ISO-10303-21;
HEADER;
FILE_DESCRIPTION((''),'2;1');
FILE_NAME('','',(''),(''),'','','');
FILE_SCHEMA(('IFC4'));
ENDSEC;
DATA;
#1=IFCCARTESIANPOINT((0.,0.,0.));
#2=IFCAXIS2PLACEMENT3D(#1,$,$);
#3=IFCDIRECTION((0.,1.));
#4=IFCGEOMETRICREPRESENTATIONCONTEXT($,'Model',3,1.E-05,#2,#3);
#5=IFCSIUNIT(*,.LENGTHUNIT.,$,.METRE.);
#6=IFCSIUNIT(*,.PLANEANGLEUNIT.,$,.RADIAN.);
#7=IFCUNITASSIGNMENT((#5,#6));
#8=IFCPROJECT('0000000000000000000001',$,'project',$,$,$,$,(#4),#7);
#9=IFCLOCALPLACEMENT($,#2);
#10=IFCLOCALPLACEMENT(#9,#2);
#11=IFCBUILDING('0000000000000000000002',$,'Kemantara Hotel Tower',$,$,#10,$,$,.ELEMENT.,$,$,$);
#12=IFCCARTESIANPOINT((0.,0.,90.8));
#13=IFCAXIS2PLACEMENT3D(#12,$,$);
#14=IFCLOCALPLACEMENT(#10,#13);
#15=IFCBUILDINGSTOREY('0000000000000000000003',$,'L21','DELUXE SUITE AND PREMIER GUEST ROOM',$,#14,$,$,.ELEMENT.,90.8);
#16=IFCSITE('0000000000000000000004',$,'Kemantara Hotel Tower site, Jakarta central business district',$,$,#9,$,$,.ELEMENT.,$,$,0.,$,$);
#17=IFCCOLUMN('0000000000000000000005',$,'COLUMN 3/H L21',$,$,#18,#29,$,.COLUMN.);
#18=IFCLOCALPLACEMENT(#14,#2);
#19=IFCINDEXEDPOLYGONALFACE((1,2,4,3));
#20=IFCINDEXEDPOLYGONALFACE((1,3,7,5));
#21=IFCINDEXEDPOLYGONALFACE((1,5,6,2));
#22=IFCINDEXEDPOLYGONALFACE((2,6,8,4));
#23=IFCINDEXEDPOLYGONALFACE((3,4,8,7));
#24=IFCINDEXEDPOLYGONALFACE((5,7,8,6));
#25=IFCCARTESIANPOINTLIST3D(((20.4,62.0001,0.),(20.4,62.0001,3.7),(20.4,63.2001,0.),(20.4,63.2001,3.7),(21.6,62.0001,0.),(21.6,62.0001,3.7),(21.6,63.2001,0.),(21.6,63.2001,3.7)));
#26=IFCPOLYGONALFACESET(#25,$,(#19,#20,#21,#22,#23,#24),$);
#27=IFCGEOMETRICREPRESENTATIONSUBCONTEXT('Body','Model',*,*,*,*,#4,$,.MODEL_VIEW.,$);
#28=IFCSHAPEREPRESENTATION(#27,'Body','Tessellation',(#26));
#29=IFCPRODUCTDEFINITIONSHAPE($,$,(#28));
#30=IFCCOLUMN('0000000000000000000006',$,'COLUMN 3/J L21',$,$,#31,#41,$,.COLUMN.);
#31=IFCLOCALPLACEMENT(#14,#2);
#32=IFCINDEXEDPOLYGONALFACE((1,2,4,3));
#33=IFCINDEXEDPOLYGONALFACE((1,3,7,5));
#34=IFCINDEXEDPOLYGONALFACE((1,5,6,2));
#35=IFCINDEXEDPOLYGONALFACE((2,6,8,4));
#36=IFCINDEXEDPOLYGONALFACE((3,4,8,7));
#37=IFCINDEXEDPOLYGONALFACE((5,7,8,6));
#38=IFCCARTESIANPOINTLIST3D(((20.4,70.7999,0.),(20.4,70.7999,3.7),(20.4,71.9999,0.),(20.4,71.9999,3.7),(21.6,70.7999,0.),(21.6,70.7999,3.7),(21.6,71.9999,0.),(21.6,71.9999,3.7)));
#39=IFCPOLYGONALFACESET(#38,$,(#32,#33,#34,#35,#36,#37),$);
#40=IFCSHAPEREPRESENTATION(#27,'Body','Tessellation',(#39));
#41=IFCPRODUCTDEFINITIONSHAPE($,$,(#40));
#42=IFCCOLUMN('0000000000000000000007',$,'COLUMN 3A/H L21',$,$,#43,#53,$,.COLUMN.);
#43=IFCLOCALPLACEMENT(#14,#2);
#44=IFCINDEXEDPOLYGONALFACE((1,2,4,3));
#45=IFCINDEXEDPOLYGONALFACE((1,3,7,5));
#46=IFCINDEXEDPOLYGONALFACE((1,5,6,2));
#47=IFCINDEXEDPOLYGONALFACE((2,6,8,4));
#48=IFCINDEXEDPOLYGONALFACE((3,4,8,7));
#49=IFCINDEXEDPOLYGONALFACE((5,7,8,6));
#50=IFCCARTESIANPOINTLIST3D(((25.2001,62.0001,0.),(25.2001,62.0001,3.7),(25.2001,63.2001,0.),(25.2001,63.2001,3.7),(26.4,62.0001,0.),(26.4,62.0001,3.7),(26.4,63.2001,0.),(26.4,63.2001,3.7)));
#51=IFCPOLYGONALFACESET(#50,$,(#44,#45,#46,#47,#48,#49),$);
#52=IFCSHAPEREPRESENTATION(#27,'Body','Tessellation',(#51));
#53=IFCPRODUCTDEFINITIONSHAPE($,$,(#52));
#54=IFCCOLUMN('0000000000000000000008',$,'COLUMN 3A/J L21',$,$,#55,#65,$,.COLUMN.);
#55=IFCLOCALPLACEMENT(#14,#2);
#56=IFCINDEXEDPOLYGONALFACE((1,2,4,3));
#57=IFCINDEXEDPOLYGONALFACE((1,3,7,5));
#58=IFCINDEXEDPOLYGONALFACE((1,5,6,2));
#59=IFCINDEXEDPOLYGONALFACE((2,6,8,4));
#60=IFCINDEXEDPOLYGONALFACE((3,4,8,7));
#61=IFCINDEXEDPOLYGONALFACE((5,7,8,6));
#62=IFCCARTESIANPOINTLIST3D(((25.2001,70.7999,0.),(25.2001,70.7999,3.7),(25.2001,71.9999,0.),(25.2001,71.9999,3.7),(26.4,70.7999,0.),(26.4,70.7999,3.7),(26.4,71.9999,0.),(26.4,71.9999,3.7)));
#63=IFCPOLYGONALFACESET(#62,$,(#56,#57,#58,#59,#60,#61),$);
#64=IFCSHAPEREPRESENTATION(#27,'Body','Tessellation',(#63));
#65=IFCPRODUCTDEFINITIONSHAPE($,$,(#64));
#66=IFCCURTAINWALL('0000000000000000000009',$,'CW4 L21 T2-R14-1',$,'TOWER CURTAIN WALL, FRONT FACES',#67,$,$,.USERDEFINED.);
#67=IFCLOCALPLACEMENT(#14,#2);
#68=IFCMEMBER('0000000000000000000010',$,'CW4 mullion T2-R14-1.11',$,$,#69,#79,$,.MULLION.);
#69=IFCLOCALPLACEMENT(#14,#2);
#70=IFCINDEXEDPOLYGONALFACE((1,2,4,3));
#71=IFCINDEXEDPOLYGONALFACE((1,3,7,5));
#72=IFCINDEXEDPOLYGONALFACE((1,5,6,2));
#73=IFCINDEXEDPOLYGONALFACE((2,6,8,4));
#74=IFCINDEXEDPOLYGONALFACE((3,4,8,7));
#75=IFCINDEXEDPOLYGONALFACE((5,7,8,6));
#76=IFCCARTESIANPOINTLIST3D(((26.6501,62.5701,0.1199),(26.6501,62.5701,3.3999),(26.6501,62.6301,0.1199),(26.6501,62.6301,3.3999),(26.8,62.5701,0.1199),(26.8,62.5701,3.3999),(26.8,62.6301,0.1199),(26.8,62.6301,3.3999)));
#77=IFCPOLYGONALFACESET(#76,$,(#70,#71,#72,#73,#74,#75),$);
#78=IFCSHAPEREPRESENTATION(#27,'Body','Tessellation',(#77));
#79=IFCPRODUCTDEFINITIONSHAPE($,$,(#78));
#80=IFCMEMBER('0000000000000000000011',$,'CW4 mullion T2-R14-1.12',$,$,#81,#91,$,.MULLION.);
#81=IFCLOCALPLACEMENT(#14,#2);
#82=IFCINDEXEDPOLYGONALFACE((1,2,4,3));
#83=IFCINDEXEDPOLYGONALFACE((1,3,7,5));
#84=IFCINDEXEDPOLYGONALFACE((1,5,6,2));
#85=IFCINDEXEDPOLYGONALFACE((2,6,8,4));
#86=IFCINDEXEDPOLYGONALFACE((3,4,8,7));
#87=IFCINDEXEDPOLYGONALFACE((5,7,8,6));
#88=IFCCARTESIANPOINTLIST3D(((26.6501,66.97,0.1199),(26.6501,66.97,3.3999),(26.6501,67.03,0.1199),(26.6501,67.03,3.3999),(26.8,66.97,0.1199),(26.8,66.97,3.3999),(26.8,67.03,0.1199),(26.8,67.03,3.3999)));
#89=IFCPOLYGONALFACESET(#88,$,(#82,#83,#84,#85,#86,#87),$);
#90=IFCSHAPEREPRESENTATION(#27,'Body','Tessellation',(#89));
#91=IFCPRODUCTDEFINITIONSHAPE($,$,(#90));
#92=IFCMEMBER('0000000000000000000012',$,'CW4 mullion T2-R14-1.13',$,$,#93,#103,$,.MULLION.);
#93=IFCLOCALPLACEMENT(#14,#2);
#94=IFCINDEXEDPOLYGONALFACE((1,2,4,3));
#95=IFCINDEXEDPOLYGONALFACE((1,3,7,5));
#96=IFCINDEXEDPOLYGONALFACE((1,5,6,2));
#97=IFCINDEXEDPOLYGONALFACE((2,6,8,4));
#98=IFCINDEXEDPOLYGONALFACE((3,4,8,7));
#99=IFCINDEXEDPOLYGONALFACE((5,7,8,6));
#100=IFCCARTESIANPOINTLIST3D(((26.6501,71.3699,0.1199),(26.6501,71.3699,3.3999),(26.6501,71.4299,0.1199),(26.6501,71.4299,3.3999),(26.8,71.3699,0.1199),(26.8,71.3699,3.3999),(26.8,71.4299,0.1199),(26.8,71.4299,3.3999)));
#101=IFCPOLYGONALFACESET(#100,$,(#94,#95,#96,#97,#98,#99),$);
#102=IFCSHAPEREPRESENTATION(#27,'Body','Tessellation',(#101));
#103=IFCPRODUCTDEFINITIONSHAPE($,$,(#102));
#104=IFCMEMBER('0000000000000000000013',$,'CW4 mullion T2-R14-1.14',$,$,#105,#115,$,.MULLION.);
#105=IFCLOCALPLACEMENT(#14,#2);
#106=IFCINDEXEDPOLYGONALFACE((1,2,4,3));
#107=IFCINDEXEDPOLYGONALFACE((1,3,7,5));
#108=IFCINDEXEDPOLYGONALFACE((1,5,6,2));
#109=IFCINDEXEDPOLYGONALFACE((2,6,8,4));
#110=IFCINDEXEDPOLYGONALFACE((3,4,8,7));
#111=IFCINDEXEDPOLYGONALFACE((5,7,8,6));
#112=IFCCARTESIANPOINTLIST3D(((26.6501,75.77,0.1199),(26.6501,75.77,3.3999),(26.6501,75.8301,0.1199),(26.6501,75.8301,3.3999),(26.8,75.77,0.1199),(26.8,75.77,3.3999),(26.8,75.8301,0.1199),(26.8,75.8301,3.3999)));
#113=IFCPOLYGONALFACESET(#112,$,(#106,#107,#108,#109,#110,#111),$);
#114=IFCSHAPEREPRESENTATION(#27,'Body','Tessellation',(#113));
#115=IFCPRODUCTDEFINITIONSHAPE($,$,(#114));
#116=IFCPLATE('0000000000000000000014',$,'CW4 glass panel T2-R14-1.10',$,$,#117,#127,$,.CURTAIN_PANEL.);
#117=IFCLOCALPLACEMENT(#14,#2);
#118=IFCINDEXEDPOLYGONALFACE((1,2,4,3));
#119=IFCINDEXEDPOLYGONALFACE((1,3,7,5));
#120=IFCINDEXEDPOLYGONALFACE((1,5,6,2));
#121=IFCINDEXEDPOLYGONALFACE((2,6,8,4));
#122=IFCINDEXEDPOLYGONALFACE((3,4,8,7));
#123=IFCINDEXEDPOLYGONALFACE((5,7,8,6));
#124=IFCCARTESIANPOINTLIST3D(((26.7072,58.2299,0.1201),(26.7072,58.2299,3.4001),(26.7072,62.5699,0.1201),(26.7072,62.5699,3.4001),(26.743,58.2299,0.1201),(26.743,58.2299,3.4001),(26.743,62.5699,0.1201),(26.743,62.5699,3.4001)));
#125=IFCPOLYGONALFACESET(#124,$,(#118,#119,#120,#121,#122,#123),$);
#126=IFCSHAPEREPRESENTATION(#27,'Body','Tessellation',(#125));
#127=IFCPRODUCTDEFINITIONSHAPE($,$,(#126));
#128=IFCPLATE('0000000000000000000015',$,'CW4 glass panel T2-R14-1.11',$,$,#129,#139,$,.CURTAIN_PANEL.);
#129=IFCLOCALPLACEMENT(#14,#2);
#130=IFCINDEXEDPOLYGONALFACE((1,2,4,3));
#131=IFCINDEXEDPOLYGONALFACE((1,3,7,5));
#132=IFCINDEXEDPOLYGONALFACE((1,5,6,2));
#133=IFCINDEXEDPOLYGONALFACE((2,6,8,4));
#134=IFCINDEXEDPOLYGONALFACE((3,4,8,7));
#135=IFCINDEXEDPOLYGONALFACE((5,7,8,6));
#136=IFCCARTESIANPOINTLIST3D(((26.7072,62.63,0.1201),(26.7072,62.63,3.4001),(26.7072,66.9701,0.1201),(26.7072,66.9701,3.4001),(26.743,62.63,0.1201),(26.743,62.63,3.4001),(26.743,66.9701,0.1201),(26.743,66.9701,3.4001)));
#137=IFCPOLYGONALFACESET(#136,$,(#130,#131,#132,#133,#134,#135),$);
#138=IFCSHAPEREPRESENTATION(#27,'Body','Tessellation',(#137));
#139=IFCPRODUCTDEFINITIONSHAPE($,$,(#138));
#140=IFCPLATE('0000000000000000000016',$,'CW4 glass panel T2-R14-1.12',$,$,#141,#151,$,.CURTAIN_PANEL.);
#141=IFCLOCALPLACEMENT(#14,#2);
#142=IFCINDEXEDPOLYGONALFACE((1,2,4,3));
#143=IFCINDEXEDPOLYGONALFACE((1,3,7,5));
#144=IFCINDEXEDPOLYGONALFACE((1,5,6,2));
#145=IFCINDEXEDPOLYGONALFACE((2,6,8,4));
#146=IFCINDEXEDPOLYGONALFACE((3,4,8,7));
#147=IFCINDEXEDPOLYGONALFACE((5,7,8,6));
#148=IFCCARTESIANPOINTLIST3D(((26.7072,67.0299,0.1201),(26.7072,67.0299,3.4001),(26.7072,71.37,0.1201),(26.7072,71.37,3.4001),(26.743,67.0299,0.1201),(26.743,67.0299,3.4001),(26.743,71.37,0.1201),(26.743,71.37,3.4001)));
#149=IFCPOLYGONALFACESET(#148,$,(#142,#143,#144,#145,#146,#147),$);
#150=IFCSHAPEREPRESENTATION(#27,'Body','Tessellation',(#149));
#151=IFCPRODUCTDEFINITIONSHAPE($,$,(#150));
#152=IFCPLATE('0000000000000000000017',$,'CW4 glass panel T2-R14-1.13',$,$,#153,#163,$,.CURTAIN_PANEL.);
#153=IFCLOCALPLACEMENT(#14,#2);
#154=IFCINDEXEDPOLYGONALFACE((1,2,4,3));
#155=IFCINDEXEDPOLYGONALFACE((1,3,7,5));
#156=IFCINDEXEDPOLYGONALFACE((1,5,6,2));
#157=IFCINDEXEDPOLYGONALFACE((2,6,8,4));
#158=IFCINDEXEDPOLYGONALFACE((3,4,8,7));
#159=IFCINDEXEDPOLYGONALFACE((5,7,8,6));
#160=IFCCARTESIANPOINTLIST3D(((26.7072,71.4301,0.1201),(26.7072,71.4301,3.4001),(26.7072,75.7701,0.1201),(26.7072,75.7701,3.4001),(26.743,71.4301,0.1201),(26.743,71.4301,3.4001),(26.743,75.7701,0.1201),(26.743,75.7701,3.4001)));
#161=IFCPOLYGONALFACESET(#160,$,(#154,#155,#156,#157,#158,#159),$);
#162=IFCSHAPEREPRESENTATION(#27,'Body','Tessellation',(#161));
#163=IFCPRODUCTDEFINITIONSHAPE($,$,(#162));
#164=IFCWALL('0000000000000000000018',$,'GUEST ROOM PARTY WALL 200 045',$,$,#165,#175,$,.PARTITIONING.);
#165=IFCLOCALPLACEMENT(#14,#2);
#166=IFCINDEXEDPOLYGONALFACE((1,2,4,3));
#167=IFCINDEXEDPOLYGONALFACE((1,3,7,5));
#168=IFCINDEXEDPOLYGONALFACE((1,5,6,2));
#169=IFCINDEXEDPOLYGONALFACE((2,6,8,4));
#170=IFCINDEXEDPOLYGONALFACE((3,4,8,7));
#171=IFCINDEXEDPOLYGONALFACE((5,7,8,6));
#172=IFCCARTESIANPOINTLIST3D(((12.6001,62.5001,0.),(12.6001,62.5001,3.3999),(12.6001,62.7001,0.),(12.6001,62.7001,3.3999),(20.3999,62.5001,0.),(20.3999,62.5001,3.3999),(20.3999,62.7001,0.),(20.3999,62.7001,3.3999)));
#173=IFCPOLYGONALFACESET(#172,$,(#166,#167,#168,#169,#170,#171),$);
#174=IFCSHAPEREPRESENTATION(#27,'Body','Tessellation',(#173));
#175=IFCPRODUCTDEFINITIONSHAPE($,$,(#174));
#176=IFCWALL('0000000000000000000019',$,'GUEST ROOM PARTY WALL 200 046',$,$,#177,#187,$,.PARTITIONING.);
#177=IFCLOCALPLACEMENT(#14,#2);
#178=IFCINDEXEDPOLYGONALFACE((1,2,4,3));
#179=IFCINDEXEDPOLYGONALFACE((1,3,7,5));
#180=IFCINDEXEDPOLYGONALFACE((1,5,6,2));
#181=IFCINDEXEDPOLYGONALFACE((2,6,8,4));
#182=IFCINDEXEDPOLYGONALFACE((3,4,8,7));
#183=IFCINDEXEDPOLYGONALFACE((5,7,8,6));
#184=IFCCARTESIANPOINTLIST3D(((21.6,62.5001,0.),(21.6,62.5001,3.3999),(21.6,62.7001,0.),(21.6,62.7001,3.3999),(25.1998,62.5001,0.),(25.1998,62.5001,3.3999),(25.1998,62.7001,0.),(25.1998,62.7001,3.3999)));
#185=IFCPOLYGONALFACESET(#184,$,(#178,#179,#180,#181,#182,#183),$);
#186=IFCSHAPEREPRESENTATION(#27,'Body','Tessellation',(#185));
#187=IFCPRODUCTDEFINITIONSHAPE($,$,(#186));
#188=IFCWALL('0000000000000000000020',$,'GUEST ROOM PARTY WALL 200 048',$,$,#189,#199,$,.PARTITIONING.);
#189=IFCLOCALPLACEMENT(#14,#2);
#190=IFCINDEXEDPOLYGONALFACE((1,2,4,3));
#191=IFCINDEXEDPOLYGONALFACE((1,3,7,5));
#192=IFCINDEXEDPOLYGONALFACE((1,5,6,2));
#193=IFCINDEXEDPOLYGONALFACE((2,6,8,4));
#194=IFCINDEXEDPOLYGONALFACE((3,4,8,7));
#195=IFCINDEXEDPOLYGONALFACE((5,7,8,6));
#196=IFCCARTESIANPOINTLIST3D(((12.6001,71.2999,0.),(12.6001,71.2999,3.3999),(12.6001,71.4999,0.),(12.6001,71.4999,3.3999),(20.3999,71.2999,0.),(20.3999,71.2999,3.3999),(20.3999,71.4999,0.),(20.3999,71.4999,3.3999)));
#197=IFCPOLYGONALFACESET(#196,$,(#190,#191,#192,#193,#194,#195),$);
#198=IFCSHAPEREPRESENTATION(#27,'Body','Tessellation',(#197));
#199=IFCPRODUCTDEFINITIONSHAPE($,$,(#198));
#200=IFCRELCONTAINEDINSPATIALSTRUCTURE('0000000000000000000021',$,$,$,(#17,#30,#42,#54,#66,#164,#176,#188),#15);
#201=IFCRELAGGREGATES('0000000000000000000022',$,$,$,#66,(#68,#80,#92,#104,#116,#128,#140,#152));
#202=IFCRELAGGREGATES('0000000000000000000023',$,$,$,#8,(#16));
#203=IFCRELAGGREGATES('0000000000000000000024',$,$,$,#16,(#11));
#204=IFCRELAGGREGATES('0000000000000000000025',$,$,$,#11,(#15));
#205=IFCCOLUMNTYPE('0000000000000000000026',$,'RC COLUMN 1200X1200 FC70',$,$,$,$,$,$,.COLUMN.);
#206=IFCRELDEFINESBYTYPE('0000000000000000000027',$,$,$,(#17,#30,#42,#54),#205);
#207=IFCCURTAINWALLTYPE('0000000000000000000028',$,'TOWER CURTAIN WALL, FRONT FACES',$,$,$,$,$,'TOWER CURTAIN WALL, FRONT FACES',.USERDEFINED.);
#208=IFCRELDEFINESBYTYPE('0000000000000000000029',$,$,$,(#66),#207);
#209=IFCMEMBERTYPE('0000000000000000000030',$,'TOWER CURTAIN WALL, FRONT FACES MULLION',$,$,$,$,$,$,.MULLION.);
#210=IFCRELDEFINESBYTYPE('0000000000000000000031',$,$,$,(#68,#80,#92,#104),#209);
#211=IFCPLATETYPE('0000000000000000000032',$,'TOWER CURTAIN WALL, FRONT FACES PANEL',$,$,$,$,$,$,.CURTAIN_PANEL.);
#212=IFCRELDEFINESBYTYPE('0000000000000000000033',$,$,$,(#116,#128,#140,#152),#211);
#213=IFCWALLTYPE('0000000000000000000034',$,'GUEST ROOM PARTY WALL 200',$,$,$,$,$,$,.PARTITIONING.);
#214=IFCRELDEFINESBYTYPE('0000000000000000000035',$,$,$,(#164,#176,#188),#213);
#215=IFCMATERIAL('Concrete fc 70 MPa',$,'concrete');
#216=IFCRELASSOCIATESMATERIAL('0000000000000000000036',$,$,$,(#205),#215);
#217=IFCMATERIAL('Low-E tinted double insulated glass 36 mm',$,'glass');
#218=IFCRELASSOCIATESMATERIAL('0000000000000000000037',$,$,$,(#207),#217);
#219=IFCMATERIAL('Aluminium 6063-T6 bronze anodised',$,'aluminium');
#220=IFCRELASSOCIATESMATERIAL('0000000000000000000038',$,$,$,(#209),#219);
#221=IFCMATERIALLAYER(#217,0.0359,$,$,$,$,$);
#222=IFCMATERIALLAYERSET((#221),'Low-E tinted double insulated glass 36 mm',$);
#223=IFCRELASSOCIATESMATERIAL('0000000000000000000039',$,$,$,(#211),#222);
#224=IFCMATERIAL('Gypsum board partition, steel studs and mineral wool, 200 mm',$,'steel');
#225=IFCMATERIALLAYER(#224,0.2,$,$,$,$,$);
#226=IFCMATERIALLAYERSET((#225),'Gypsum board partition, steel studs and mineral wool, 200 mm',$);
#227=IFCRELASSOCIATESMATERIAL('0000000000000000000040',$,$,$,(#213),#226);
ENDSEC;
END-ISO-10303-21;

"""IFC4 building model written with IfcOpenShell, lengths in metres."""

from ifc_helpers import new_model, si_unit, direction, frame, frame_2d, origin, origin_2d, place, context, subcontext, project, spatial, rectangle, extrude, source, transform, mapped, material, layer, layer_set, material_profile, profile_set, type_object, element, aggregate, save


model = new_model("IFC4")

# Units and contexts
model_context = context("Model", 3, precision=1e-05, world=origin(), true_north=direction((0.0, 1.0)))
body_context = subcontext(model_context, "Body", "Model", "MODEL_VIEW")
ifc_project = project(units=[si_unit("LENGTHUNIT", "METRE"), si_unit("PLANEANGLEUNIT", "RADIAN")], contexts=[model_context])

# Site, building, storey
site_placement = place(None, origin())
site = spatial("IfcSite", under=ifc_project, at=site_placement, Name="Kemantara Hotel Tower site, Jakarta central business district", CompositionType="ELEMENT", RefElevation=0.0)
building_placement = place(site_placement, origin())
building = spatial("IfcBuilding", under=site, at=building_placement, Name="Kemantara Hotel Tower", CompositionType="ELEMENT")
storey_placement = place(building_placement, frame((0.0, 0.0, 90.8)))
storey = spatial("IfcBuildingStorey", under=building, at=storey_placement, Name="L21", Description="DELUXE SUITE AND PREMIER GUEST ROOM", CompositionType="ELEMENT", Elevation=90.8)

# Columns
ifc_material_1 = material(Name="Concrete fc 70 MPa", Category="concrete")
ifc_material_profile_1 = material_profile(ifc_material_1, rectangle(XDim=1.2, YDim=1.2, at=origin_2d()), Name="RC 1200X1200")
ifc_profile_set_1 = profile_set([ifc_material_profile_1], Name="Concrete fc 70 MPa")
column_type = type_object("IfcColumnType", Name="RC COLUMN 1200X1200 FC70", PredefinedType="COLUMN", material=ifc_profile_set_1)
for number, where, z_axis, x_axis, name in (
    (1, (21.0, 62.6001, 0.0), (0.0, 0.0, 1.0), (1.0, 0.0, 0.0), "COLUMN 3/H L21"),
    (2, (21.0, 71.3999, 0.0), (0.0, 0.0, 1.0), (1.0, 0.0, 0.0), "COLUMN 3/J L21"),
    (3, (25.8, 62.6001, 0.0), (0.0, 0.0, 1.0), (1.0, 0.0, 0.0), "COLUMN 3A/H L21"),
    (4, (25.8, 71.3999, 0.0), (0.0, 0.0, 1.0), (1.0, 0.0, 0.0), "COLUMN 3A/J L21"),
):
    element("IfcColumn", number, at=place(storey_placement, frame(where, z_axis=z_axis, x_axis=x_axis)), inside=storey, type_object=column_type, Name=name, PredefinedType="COLUMN", context=body_context, shape_type="SweptSolid", body=[
        extrude(rectangle(XDim=1.2, YDim=1.2, at=origin_2d()), origin(), (0.0, 0.0, 1.0), 3.7),
    ])

# Curtain wall, members, plates
ifc_material_2 = material(Name="Low-E tinted double insulated glass 36 mm", Category="glass")
curtain_wall_type = type_object("IfcCurtainWallType", Name="TOWER CURTAIN WALL, FRONT FACES", ElementType="TOWER CURTAIN WALL, FRONT FACES", PredefinedType="USERDEFINED", material=ifc_material_2)
curtain_wall_placement = place(storey_placement, origin())
curtain_wall = element("IfcCurtainWall", 5, at=curtain_wall_placement, inside=storey, type_object=curtain_wall_type, Name="CW4 L21 T2-R14-1", ObjectType="TOWER CURTAIN WALL, FRONT FACES", PredefinedType="USERDEFINED")
ifc_material_3 = material(Name="Aluminium 6063-T6 bronze anodised", Category="aluminium")
ifc_material_profile_2 = material_profile(ifc_material_3, rectangle(XDim=0.1499, YDim=0.0601, at=origin_2d()), Name="TOWER CURTAIN WALL, FRONT FACES MULLION")
ifc_profile_set_2 = profile_set([ifc_material_profile_2], Name="Aluminium 6063-T6 bronze anodised")
member_type = type_object("IfcMemberType", Name="TOWER CURTAIN WALL, FRONT FACES MULLION", PredefinedType="MULLION", material=ifc_profile_set_2)
shared_shape_1 = source(origin(), body_context, "Body", "SweptSolid", [
    extrude(rectangle(XDim=0.1499, YDim=0.0601, at=origin_2d()), origin(), (0.0, 0.0, 1.0), 3.28),
])
member_1_placement = place(storey_placement, frame((26.7251, 62.6001, 0.1199), z_axis=(0.0, 0.0, 1.0), x_axis=(-1.0, 0.0, 0.0)))
member_1 = element("IfcMember", 6, at=member_1_placement, type_object=member_type, Name="CW4 mullion T2-R14-1.11", PredefinedType="MULLION", context=body_context, shape_type="MappedRepresentation", body=[
    mapped(shared_shape_1, transform((0.0, 0.0, 0.0))),
])
member_2_placement = place(storey_placement, frame((26.7251, 67.0, 0.1199), z_axis=(0.0, 0.0, 1.0), x_axis=(-1.0, 0.0, 0.0)))
member_2 = element("IfcMember", 7, at=member_2_placement, type_object=member_type, Name="CW4 mullion T2-R14-1.12", PredefinedType="MULLION", context=body_context, shape_type="MappedRepresentation", body=[
    mapped(shared_shape_1, transform((0.0, 0.0, 0.0))),
])
member_3_placement = place(storey_placement, frame((26.7251, 71.3999, 0.1199), z_axis=(0.0, 0.0, 1.0), x_axis=(-1.0, 0.0, 0.0)))
member_3 = element("IfcMember", 8, at=member_3_placement, type_object=member_type, Name="CW4 mullion T2-R14-1.13", PredefinedType="MULLION", context=body_context, shape_type="MappedRepresentation", body=[
    mapped(shared_shape_1, transform((0.0, 0.0, 0.0))),
])
member_4_placement = place(storey_placement, frame((26.7251, 75.8, 0.1199), z_axis=(0.0, 0.0, 1.0), x_axis=(-1.0, 0.0, 0.0)))
member_4 = element("IfcMember", 9, at=member_4_placement, type_object=member_type, Name="CW4 mullion T2-R14-1.14", PredefinedType="MULLION", context=body_context, shape_type="MappedRepresentation", body=[
    mapped(shared_shape_1, transform((0.0, 0.0, 0.0))),
])
ifc_layer_1 = layer(ifc_material_2, 0.0359)
ifc_layer_set_1 = layer_set([ifc_layer_1], Name="Low-E tinted double insulated glass 36 mm")
plate_type = type_object("IfcPlateType", Name="TOWER CURTAIN WALL, FRONT FACES PANEL", PredefinedType="CURTAIN_PANEL", material=ifc_layer_set_1)
shared_shape_2 = source(origin(), body_context, "Body", "SweptSolid", [
    extrude(rectangle(XDim=4.3401, YDim=0.0359, at=origin_2d()), origin(), (0.0, 0.0, 1.0), 3.28),
])
plate_1_placement = place(storey_placement, frame((26.7251, 60.3999, 0.1201), z_axis=(0.0, 0.0, 1.0), x_axis=(0.0, 1.0, 0.0)))
plate_1 = element("IfcPlate", 10, at=plate_1_placement, type_object=plate_type, Name="CW4 glass panel T2-R14-1.10", PredefinedType="CURTAIN_PANEL", context=body_context, shape_type="MappedRepresentation", body=[
    mapped(shared_shape_2, transform((0.0, 0.0, 0.0))),
])
plate_2_placement = place(storey_placement, frame((26.7251, 64.8, 0.1201), z_axis=(0.0, 0.0, 1.0), x_axis=(0.0, 1.0, 0.0)))
plate_2 = element("IfcPlate", 11, at=plate_2_placement, type_object=plate_type, Name="CW4 glass panel T2-R14-1.11", PredefinedType="CURTAIN_PANEL", context=body_context, shape_type="MappedRepresentation", body=[
    mapped(shared_shape_2, transform((0.0, 0.0, 0.0))),
])
plate_3_placement = place(storey_placement, frame((26.7251, 69.2, 0.1201), z_axis=(0.0, 0.0, 1.0), x_axis=(0.0, 1.0, 0.0)))
plate_3 = element("IfcPlate", 12, at=plate_3_placement, type_object=plate_type, Name="CW4 glass panel T2-R14-1.12", PredefinedType="CURTAIN_PANEL", context=body_context, shape_type="MappedRepresentation", body=[
    mapped(shared_shape_2, transform((0.0, 0.0, 0.0))),
])
plate_4_placement = place(storey_placement, frame((26.7251, 73.6001, 0.1201), z_axis=(0.0, 0.0, 1.0), x_axis=(0.0, 1.0, 0.0)))
plate_4 = element("IfcPlate", 13, at=plate_4_placement, type_object=plate_type, Name="CW4 glass panel T2-R14-1.13", PredefinedType="CURTAIN_PANEL", context=body_context, shape_type="MappedRepresentation", body=[
    mapped(shared_shape_2, transform((0.0, 0.0, 0.0))),
])
aggregate(curtain_wall, [member_1, member_2, member_3, member_4, plate_1, plate_2, plate_3, plate_4])

# Walls
ifc_material_4 = material(Name="Gypsum board partition, steel studs and mineral wool, 200 mm", Category="steel")
ifc_layer_2 = layer(ifc_material_4, 0.2)
ifc_layer_set_2 = layer_set([ifc_layer_2], Name="Gypsum board partition, steel studs and mineral wool, 200 mm")
wall_type_1 = type_object("IfcWallType", Name="GUEST ROOM PARTY WALL 200", PredefinedType="PARTITIONING", material=ifc_layer_set_2)
wall_1_placement = place(storey_placement, frame((12.6001, 62.6001, 0.0), z_axis=(0.0, 0.0, 1.0), x_axis=(1.0, 0.0, 0.0)))
element("IfcWall", 14, at=wall_1_placement, inside=storey, type_object=wall_type_1, Name="GUEST ROOM PARTY WALL 200 045", PredefinedType="PARTITIONING", context=body_context, shape_type="SweptSolid", body=[
    extrude(rectangle(XDim=7.7998, YDim=0.2, at=frame_2d((3.8999, 0.0))), origin(), (0.0, 0.0, 1.0), 3.3999),
])
wall_2_placement = place(storey_placement, frame((21.6001, 62.6001, 0.0), z_axis=(0.0, 0.0, 1.0), x_axis=(1.0, 0.0, 0.0)))
element("IfcWall", 15, at=wall_2_placement, inside=storey, type_object=wall_type_1, Name="GUEST ROOM PARTY WALL 200 046", PredefinedType="PARTITIONING", context=body_context, shape_type="SweptSolid", body=[
    extrude(rectangle(XDim=3.5999, YDim=0.2, at=frame_2d((1.7998, 0.0))), origin(), (0.0, 0.0, 1.0), 3.3999),
])
wall_3_placement = place(storey_placement, frame((12.6001, 71.3999, 0.0), z_axis=(0.0, 0.0, 1.0), x_axis=(1.0, 0.0, 0.0)))
element("IfcWall", 16, at=wall_3_placement, inside=storey, type_object=wall_type_1, Name="GUEST ROOM PARTY WALL 200 048", PredefinedType="PARTITIONING", context=body_context, shape_type="SweptSolid", body=[
    extrude(rectangle(XDim=7.7998, YDim=0.2, at=frame_2d((3.8999, 0.0))), origin(), (0.0, 0.0, 1.0), 3.3999),
])

save(model, "model.ifc")
